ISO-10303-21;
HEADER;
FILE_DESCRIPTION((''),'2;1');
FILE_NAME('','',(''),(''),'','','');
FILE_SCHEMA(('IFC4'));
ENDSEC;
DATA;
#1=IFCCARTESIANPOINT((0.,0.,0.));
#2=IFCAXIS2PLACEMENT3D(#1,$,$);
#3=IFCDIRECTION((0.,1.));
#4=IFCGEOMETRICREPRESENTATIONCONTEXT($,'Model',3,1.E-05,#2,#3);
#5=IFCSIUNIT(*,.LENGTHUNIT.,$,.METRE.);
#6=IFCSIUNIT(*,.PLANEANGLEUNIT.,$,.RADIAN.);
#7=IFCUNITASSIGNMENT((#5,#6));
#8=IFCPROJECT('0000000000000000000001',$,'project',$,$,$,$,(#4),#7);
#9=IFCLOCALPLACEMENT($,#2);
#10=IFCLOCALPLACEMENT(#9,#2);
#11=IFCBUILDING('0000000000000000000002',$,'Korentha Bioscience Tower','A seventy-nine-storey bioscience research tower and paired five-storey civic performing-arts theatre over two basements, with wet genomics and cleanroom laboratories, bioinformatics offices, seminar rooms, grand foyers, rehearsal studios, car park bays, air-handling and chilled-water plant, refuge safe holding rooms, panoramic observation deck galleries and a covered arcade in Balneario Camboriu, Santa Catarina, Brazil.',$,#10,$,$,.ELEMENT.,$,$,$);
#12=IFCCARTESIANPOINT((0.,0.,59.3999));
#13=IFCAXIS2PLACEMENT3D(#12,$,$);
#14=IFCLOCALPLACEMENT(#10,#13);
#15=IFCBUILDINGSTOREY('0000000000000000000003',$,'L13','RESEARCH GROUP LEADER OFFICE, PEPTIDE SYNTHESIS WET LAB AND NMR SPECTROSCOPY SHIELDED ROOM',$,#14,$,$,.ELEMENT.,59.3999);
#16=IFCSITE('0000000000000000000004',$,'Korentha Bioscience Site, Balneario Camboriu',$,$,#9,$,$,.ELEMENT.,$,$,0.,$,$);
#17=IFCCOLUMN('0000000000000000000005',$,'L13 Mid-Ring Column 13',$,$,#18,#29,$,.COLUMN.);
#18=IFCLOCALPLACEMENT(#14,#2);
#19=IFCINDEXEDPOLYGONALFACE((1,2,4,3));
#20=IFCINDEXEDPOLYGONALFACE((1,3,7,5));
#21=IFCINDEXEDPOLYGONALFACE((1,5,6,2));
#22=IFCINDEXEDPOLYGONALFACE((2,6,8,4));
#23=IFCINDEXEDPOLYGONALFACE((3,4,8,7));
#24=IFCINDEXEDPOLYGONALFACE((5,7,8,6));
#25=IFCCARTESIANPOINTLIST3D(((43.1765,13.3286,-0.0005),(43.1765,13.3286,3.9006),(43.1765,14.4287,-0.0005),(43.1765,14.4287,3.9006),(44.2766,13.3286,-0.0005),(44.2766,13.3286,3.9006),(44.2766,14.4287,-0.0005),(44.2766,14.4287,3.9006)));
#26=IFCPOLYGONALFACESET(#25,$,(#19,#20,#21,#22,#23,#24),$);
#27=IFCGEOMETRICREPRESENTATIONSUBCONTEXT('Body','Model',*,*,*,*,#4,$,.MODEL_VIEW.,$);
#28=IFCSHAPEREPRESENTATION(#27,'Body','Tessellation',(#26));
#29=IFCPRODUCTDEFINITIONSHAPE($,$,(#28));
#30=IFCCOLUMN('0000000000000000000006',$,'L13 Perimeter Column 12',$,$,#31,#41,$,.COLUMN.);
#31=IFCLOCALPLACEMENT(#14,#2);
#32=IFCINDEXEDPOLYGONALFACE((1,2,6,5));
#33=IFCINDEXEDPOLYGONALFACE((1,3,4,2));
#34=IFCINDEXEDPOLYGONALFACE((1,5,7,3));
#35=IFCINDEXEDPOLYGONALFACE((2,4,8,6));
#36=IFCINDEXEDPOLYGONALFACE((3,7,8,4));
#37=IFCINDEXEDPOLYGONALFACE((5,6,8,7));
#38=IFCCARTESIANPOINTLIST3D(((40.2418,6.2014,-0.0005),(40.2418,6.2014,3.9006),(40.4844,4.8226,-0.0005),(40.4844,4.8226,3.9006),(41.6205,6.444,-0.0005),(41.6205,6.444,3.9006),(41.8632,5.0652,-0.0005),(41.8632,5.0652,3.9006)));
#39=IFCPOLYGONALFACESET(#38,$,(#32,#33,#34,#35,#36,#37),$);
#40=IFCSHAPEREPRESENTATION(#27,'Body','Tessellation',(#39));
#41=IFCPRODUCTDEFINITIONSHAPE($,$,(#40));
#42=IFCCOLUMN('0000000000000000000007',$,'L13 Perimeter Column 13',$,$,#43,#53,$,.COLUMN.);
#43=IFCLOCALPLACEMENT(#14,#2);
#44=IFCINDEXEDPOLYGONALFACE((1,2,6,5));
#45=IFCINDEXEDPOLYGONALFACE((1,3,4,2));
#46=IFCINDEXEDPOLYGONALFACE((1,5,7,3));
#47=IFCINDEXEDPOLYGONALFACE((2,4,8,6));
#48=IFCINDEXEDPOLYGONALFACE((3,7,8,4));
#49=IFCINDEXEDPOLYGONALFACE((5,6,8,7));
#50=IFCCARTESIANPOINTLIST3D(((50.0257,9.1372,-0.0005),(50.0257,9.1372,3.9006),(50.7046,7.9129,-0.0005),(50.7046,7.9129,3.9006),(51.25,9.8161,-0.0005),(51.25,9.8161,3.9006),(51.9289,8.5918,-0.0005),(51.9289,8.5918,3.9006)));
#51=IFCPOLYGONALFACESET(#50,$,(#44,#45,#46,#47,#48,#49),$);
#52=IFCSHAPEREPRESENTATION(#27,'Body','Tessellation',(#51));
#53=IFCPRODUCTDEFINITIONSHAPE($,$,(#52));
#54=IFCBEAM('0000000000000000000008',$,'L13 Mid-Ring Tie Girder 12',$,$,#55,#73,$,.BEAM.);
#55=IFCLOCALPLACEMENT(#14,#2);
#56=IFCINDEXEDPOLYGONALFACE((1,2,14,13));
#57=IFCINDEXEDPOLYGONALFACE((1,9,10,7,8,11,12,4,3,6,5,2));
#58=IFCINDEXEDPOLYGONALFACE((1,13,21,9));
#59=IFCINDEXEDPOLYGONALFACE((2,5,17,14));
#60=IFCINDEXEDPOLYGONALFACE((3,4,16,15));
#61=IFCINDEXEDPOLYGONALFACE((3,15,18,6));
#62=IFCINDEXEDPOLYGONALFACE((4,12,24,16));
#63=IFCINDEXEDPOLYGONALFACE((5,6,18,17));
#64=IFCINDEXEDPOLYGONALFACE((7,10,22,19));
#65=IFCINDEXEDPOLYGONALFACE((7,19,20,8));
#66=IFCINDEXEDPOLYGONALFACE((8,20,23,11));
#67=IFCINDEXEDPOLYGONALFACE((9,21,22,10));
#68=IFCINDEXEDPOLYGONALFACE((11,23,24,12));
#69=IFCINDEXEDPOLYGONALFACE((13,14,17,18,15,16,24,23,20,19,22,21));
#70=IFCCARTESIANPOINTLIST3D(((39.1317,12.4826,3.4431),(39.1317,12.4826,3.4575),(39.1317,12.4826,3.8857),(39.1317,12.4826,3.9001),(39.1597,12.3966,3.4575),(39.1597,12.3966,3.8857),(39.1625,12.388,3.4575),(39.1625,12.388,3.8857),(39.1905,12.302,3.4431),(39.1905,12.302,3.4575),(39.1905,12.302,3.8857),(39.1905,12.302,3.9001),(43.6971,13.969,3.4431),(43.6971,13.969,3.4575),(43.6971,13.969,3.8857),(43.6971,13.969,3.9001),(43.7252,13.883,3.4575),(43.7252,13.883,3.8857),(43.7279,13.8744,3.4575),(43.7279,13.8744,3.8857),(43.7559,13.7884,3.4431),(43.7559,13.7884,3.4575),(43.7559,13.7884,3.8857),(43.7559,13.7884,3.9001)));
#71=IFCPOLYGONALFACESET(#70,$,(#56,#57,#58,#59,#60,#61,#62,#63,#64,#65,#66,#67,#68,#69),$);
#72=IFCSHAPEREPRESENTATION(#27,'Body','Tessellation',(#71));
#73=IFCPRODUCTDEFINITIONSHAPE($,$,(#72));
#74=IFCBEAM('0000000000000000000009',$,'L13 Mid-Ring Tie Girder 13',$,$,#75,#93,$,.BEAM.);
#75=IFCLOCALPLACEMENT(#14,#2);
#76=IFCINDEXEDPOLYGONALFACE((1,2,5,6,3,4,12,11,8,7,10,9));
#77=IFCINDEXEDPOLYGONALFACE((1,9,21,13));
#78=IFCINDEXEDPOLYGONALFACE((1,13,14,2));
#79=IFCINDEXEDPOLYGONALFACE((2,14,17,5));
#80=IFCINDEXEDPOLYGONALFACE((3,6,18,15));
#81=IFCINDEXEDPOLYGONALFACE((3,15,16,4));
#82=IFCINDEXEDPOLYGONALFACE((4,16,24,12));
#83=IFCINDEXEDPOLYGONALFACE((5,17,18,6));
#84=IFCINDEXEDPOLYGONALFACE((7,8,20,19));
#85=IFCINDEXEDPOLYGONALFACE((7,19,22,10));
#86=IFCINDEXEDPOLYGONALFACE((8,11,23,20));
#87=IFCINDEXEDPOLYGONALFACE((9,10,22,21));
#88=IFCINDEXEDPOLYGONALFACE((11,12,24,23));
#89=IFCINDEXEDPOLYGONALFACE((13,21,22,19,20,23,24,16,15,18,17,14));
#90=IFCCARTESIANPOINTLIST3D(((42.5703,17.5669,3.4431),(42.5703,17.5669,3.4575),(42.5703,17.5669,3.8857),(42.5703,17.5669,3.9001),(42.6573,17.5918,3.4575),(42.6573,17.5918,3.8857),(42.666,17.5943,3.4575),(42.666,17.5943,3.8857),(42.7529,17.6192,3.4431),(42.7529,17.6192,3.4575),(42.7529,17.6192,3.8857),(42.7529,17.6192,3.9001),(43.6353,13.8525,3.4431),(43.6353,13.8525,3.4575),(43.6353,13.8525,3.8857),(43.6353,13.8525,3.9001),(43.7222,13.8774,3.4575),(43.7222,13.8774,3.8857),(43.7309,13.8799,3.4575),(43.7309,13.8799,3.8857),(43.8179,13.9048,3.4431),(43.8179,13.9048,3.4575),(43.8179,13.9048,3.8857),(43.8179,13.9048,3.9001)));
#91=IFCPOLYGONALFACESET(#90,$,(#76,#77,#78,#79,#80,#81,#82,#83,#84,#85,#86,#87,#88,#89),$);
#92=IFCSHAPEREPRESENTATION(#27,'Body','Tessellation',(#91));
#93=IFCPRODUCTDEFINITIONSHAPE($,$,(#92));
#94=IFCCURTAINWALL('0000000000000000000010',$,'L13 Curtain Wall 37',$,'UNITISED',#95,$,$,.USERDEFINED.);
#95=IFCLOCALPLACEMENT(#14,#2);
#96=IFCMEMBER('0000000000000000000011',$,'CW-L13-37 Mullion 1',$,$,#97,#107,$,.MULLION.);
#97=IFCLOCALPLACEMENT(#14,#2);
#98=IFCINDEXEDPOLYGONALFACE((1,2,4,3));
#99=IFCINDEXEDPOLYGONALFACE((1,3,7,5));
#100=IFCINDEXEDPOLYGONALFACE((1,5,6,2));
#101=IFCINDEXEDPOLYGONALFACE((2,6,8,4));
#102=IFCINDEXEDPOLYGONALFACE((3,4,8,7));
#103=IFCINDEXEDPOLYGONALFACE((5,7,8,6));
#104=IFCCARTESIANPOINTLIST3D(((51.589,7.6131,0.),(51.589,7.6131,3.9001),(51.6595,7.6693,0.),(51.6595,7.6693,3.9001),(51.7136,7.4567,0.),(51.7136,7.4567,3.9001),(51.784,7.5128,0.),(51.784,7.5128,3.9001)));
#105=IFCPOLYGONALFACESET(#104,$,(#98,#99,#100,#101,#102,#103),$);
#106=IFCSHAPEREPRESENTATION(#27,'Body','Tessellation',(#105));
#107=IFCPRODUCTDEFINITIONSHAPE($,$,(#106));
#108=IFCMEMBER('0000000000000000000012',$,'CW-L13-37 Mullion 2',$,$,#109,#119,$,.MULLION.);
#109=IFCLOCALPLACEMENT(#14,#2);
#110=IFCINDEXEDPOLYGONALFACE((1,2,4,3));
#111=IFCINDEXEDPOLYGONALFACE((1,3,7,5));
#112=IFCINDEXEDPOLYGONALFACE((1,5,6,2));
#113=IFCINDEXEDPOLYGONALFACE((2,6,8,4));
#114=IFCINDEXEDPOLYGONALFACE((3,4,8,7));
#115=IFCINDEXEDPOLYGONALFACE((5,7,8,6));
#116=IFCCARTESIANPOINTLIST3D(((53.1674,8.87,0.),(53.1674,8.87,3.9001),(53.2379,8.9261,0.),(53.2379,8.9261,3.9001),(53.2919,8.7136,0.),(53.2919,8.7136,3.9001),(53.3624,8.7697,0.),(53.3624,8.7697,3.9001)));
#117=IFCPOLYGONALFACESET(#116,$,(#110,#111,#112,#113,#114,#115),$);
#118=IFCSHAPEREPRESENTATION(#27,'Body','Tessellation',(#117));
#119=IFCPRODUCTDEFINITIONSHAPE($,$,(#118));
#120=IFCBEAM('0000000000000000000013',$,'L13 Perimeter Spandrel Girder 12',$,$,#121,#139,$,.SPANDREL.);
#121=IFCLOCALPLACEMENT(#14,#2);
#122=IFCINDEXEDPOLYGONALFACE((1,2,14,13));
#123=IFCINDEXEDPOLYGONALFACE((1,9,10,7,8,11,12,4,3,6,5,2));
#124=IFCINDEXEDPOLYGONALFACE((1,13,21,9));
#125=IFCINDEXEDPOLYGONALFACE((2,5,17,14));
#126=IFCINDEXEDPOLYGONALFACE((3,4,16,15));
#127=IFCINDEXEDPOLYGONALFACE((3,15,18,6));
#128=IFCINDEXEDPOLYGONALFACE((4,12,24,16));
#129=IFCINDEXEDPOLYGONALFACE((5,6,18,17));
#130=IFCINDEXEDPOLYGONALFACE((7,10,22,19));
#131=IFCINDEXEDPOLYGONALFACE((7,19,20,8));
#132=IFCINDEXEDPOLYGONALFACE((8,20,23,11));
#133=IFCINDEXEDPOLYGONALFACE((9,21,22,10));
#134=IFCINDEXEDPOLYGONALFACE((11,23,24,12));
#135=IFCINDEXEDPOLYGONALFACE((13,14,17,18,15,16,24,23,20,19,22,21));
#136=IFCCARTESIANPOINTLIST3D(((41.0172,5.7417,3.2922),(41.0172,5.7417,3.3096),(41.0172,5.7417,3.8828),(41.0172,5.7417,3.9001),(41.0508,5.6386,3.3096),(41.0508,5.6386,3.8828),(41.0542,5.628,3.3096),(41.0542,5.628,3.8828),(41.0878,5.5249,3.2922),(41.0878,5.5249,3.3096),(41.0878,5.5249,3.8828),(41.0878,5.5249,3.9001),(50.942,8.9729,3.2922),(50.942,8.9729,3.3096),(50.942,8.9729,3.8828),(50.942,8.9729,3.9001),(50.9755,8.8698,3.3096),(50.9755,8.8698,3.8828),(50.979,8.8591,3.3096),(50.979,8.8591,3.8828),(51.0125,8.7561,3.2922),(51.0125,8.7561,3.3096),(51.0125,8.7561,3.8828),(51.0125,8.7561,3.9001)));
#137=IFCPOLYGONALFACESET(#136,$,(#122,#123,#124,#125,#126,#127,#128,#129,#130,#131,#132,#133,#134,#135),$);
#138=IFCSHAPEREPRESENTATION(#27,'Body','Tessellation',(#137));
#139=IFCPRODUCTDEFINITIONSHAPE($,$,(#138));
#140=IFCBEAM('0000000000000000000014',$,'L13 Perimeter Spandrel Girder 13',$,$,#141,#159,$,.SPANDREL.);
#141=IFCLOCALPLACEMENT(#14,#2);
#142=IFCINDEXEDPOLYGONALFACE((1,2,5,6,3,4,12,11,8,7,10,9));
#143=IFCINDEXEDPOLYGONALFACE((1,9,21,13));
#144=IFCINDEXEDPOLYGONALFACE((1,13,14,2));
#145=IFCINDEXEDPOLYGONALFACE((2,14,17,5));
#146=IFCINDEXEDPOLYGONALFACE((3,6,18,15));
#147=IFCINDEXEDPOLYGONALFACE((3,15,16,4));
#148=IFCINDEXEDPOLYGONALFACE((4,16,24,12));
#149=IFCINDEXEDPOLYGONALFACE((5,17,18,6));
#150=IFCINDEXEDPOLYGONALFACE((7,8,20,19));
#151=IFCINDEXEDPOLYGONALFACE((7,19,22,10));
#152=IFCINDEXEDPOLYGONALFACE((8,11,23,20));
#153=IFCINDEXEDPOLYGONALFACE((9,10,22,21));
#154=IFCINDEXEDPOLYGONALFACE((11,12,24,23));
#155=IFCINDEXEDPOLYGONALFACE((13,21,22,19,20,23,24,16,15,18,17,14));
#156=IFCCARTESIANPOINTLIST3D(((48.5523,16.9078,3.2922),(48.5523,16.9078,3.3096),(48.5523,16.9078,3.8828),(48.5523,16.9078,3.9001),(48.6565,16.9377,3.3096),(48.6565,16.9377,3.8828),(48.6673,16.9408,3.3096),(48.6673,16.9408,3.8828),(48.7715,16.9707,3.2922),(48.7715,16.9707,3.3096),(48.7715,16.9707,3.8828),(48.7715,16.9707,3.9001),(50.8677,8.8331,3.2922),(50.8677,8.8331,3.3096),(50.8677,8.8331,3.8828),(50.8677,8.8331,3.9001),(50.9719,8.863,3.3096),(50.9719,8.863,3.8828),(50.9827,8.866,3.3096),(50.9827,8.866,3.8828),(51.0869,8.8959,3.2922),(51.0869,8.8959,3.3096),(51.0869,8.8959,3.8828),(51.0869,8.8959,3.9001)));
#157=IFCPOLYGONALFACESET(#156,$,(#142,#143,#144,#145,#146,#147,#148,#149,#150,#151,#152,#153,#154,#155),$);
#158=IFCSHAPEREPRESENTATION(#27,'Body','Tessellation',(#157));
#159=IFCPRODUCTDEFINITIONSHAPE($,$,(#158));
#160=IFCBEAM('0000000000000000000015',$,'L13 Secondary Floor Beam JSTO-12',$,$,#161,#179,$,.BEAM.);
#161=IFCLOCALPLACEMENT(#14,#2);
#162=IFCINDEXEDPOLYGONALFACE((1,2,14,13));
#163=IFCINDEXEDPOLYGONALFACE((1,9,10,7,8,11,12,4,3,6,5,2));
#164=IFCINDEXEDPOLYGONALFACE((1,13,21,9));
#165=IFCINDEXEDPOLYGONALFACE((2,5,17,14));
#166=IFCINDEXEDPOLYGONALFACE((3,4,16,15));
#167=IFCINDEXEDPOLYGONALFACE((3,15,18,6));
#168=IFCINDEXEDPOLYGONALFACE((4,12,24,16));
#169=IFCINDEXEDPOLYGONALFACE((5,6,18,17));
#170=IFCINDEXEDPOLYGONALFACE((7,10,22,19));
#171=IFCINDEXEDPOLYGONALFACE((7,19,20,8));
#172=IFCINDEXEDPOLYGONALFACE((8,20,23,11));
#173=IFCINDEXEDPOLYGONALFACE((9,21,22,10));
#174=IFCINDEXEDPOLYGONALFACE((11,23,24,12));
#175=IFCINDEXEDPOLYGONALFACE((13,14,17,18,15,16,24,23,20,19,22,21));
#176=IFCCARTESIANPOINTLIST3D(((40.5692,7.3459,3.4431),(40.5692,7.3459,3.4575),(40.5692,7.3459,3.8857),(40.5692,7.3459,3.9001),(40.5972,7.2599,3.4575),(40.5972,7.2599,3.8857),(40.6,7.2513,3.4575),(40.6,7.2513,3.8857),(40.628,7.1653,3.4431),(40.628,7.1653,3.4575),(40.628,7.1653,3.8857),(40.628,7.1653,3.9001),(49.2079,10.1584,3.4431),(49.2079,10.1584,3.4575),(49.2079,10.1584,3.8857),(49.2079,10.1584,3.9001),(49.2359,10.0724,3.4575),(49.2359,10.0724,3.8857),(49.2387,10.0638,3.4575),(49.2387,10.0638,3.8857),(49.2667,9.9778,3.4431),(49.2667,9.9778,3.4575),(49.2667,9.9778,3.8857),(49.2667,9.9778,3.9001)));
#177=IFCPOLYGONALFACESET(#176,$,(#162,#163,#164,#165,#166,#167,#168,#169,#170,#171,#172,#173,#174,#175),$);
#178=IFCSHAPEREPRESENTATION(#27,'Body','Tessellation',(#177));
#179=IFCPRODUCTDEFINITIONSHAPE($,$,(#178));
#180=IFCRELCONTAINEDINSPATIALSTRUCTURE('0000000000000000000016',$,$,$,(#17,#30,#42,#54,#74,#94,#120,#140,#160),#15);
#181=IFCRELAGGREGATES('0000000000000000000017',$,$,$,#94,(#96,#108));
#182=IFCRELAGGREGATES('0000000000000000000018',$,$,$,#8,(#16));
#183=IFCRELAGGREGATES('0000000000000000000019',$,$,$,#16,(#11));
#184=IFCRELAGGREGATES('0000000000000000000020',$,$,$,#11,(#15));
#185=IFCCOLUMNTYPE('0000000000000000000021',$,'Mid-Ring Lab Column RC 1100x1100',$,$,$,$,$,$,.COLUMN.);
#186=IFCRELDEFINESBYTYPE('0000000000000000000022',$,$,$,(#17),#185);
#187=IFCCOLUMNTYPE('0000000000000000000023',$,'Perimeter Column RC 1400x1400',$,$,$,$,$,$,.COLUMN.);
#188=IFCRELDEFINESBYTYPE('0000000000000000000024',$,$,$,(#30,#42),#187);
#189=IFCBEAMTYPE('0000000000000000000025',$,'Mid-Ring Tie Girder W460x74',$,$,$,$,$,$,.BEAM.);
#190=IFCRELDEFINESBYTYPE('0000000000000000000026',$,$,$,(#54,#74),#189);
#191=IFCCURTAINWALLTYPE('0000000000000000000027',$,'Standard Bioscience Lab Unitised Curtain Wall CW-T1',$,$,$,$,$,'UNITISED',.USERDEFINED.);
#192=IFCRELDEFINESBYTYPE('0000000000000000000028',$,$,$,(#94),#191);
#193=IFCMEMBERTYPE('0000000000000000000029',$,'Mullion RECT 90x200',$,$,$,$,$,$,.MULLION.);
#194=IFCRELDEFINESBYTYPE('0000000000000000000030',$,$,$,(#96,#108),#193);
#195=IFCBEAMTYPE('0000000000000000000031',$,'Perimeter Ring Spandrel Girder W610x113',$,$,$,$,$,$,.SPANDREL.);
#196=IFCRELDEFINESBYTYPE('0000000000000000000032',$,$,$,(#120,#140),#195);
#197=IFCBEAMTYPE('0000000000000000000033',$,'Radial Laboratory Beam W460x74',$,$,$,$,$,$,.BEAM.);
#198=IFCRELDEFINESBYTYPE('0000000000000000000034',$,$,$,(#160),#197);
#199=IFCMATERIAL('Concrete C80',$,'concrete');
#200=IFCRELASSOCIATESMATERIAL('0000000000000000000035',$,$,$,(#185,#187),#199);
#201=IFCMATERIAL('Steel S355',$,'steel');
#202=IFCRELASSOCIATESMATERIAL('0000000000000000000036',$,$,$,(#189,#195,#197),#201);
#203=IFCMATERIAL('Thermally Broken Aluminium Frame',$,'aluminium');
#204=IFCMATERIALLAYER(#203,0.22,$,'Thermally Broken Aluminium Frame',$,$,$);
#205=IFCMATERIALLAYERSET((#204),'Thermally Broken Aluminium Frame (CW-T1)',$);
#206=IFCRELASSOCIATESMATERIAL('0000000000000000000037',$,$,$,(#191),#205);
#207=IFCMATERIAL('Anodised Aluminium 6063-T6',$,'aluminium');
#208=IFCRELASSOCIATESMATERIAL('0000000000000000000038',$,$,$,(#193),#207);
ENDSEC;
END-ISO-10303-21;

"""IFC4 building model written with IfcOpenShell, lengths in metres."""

from ifc_helpers import new_model, si_unit, direction, frame, origin, origin_2d, place, context, subcontext, project, spatial, rectangle, i_section, extrude, material, layer, layer_set, material_profile, profile_set, type_object, element, aggregate, save


model = new_model("IFC4")

# Units and contexts
model_context = context("Model", 3, precision=1e-05, world=origin(), true_north=direction((0.0, 1.0)))
body_context = subcontext(model_context, "Body", "Model", "MODEL_VIEW")
ifc_project = project(units=[si_unit("LENGTHUNIT", "METRE"), si_unit("PLANEANGLEUNIT", "RADIAN")], contexts=[model_context])

# Site, building, storey
site_placement = place(None, origin())
site = spatial("IfcSite", under=ifc_project, at=site_placement, Name="Korentha Bioscience Site, Balneario Camboriu", CompositionType="ELEMENT", RefElevation=0.0)
building_placement = place(site_placement, origin())
building = spatial("IfcBuilding", under=site, at=building_placement, Name="Korentha Bioscience Tower", Description="A seventy-nine-storey bioscience research tower and paired five-storey civic performing-arts theatre over two basements, with wet genomics and cleanroom laboratories, bioinformatics offices, seminar rooms, grand foyers, rehearsal studios, car park bays, air-handling and chilled-water plant, refuge safe holding rooms, panoramic observation deck galleries and a covered arcade in Balneario Camboriu, Santa Catarina, Brazil.", CompositionType="ELEMENT")
storey_placement = place(building_placement, frame((0.0, 0.0, 59.3999)))
storey = spatial("IfcBuildingStorey", under=building, at=storey_placement, Name="L13", Description="RESEARCH GROUP LEADER OFFICE, PEPTIDE SYNTHESIS WET LAB AND NMR SPECTROSCOPY SHIELDED ROOM", CompositionType="ELEMENT", Elevation=59.3999)

# Columns
ifc_material_1 = material(Name="Concrete C80", Category="concrete")
ifc_material_profile_1 = material_profile(ifc_material_1, rectangle(XDim=1.1001, YDim=1.1001, at=origin_2d()), Name="Concrete C80")
ifc_profile_set_1 = profile_set([ifc_material_profile_1], Name="Concrete C80 (COL-MR11)")
column_type_1 = type_object("IfcColumnType", Name="Mid-Ring Lab Column RC 1100x1100", PredefinedType="COLUMN", material=ifc_profile_set_1)
column_placement = place(storey_placement, frame((43.7266, 13.8787, -0.0005), z_axis=(0.0, 0.0, 1.0), x_axis=(1.0, 0.0, 0.0)))
element("IfcColumn", 1, at=column_placement, inside=storey, type_object=column_type_1, Name="L13 Mid-Ring Column 13", PredefinedType="COLUMN", context=body_context, shape_type="SweptSolid", body=[
    extrude(rectangle(XDim=1.1001, YDim=1.1001, at=origin_2d()), origin(), (0.0, 0.0, 1.0), 3.9011),
])
ifc_material_profile_2 = material_profile(ifc_material_1, rectangle(XDim=1.3999, YDim=1.3999, at=origin_2d()), Name="Concrete C80")
ifc_profile_set_2 = profile_set([ifc_material_profile_2], Name="Concrete C80 (COL-P14)")
column_type_2 = type_object("IfcColumnType", Name="Perimeter Column RC 1400x1400", PredefinedType="COLUMN", material=ifc_profile_set_2)
for number, where, z_axis, x_axis, name in (
    (2, (41.0525, 5.6333, -0.0005), (0.0, 0.0, 1.0), (0.984868, 0.173304, 0.0), "L13 Perimeter Column 12"),
    (3, (50.9773, 8.8645, -0.0005), (0.0, 0.0, 1.0), (0.874535, 0.484962, 0.0), "L13 Perimeter Column 13"),
):
    element("IfcColumn", number, at=place(storey_placement, frame(where, z_axis=z_axis, x_axis=x_axis)), inside=storey, type_object=column_type_2, Name=name, PredefinedType="COLUMN", context=body_context, shape_type="SweptSolid", body=[
        extrude(rectangle(XDim=1.3999, YDim=1.3999, at=origin_2d()), origin(), (0.0, 0.0, 1.0), 3.9011),
    ])

# Beams
ifc_material_2 = material(Name="Steel S355", Category="steel")
ifc_material_profile_3 = material_profile(ifc_material_2, i_section(OverallWidth=0.1899, OverallDepth=0.457, WebThickness=0.009, FlangeThickness=0.0144, at=origin_2d()), Name="Steel S355")
ifc_profile_set_3 = profile_set([ifc_material_profile_3], Name="Steel S355 (MB-460)")
beam_type_1 = type_object("IfcBeamType", Name="Mid-Ring Tie Girder W460x74", PredefinedType="BEAM", material=ifc_profile_set_3)
beam_1_placement = place(storey_placement, frame((39.1611, 12.3923, 3.6716), z_axis=(0.950877, 0.309569, 0.0), x_axis=(-0.309569, 0.950877, 0.0)))
element("IfcBeam", 4, at=beam_1_placement, inside=storey, type_object=beam_type_1, Name="L13 Mid-Ring Tie Girder 12", PredefinedType="BEAM", context=body_context, shape_type="SweptSolid", body=[
    extrude(i_section(OverallWidth=0.1899, OverallDepth=0.457, WebThickness=0.009, FlangeThickness=0.0144, at=origin_2d()), origin(), (0.0, 0.0, 1.0), 4.8013),
])
beam_2_placement = place(storey_placement, frame((43.7266, 13.8787, 3.6716), z_axis=(-0.275606, 0.961271, 0.0), x_axis=(-0.961271, -0.275606, 0.0)))
element("IfcBeam", 5, at=beam_2_placement, inside=storey, type_object=beam_type_1, Name="L13 Mid-Ring Tie Girder 13", PredefinedType="BEAM", context=body_context, shape_type="SweptSolid", body=[
    extrude(i_section(OverallWidth=0.1899, OverallDepth=0.457, WebThickness=0.009, FlangeThickness=0.0144, at=origin_2d()), origin(), (0.0, 0.0, 1.0), 3.864),
])

# Curtain wall, members
ifc_material_3 = material(Name="Thermally Broken Aluminium Frame", Category="aluminium")
ifc_layer_1 = layer(ifc_material_3, 0.22, Name="Thermally Broken Aluminium Frame")
ifc_layer_set_1 = layer_set([ifc_layer_1], Name="Thermally Broken Aluminium Frame (CW-T1)")
curtain_wall_type = type_object("IfcCurtainWallType", Name="Standard Bioscience Lab Unitised Curtain Wall CW-T1", ElementType="UNITISED", PredefinedType="USERDEFINED", material=ifc_layer_set_1)
curtain_wall_placement = place(storey_placement, origin())
curtain_wall = element("IfcCurtainWall", 6, at=curtain_wall_placement, inside=storey, type_object=curtain_wall_type, Name="L13 Curtain Wall 37", ObjectType="UNITISED", PredefinedType="USERDEFINED")
ifc_material_4 = material(Name="Anodised Aluminium 6063-T6", Category="aluminium")
ifc_material_profile_4 = material_profile(ifc_material_4, rectangle(XDim=0.0901, YDim=0.2, at=origin_2d()), Name="Anodised Aluminium 6063-T6")
ifc_profile_set_4 = profile_set([ifc_material_profile_4], Name="Anodised Aluminium 6063-T6 (CW-MUL)")
member_type_1 = type_object("IfcMemberType", Name="Mullion RECT 90x200", PredefinedType="MULLION", material=ifc_profile_set_4)
member_1_placement = place(storey_placement, frame((51.6865, 7.563, 0.0), z_axis=(0.0, 0.0, 1.0), x_axis=(0.782288, 0.622917, 0.0)))
member_1 = element("IfcMember", 7, at=member_1_placement, type_object=member_type_1, Name="CW-L13-37 Mullion 1", PredefinedType="MULLION", context=body_context, shape_type="SweptSolid", body=[
    extrude(rectangle(XDim=0.0901, YDim=0.2, at=origin_2d()), origin(), (0.0, 0.0, 1.0), 3.9001),
])
member_2_placement = place(storey_placement, frame((53.2649, 8.8198, 0.0), z_axis=(0.0, 0.0, 1.0), x_axis=(0.782288, 0.622917, 0.0)))
member_2 = element("IfcMember", 8, at=member_2_placement, type_object=member_type_1, Name="CW-L13-37 Mullion 2", PredefinedType="MULLION", context=body_context, shape_type="SweptSolid", body=[
    extrude(rectangle(XDim=0.0901, YDim=0.2, at=origin_2d()), origin(), (0.0, 0.0, 1.0), 3.9001),
])

# Beams
ifc_material_profile_5 = material_profile(ifc_material_2, i_section(OverallWidth=0.228, OverallDepth=0.6079, WebThickness=0.0112, FlangeThickness=0.0173, at=origin_2d()), Name="Steel S355")
ifc_profile_set_5 = profile_set([ifc_material_profile_5], Name="Steel S355 (SB-610)")
beam_type_2 = type_object("IfcBeamType", Name="Perimeter Ring Spandrel Girder W610x113", PredefinedType="SPANDREL", material=ifc_profile_set_5)
beam_3_placement = place(storey_placement, frame((41.0525, 5.6333, 3.5962), z_axis=(0.950875, 0.309575, 0.0), x_axis=(-0.309575, 0.950875, 0.0)))
element("IfcBeam", 9, at=beam_3_placement, inside=storey, type_object=beam_type_2, Name="L13 Perimeter Spandrel Girder 12", PredefinedType="SPANDREL", context=body_context, shape_type="SweptSolid", body=[
    extrude(i_section(OverallWidth=0.228, OverallDepth=0.6079, WebThickness=0.0112, FlangeThickness=0.0173, at=origin_2d()), origin(), (0.0, 0.0, 1.0), 10.4375),
])
beam_4_placement = place(storey_placement, frame((50.9773, 8.8645, 3.5962), z_axis=(-0.275642, 0.96126, 0.0), x_axis=(-0.96126, -0.275642, 0.0)))
element("IfcBeam", 10, at=beam_4_placement, inside=storey, type_object=beam_type_2, Name="L13 Perimeter Spandrel Girder 13", PredefinedType="SPANDREL", context=body_context, shape_type="SweptSolid", body=[
    extrude(i_section(OverallWidth=0.228, OverallDepth=0.6079, WebThickness=0.0112, FlangeThickness=0.0173, at=origin_2d()), origin(), (0.0, 0.0, 1.0), 8.4001),
])
ifc_material_profile_6 = material_profile(ifc_material_2, i_section(OverallWidth=0.1899, OverallDepth=0.457, WebThickness=0.009, FlangeThickness=0.0144, at=origin_2d()), Name="Steel S355")
ifc_profile_set_6 = profile_set([ifc_material_profile_6], Name="Steel S355 (RB-460)")
beam_type_3 = type_object("IfcBeamType", Name="Radial Laboratory Beam W460x74", PredefinedType="BEAM", material=ifc_profile_set_6)
beam_5_placement = place(storey_placement, frame((40.5986, 7.2556, 3.6716), z_axis=(0.950874, 0.309577, 0.0), x_axis=(-0.309577, 0.950874, 0.0)))
element("IfcBeam", 11, at=beam_5_placement, inside=storey, type_object=beam_type_3, Name="L13 Secondary Floor Beam JSTO-12", PredefinedType="BEAM", context=body_context, shape_type="SweptSolid", body=[
    extrude(i_section(OverallWidth=0.1899, OverallDepth=0.457, WebThickness=0.009, FlangeThickness=0.0144, at=origin_2d()), origin(), (0.0, 0.0, 1.0), 9.085),
])

aggregate(curtain_wall, [member_1, member_2])

save(model, "model.ifc")
